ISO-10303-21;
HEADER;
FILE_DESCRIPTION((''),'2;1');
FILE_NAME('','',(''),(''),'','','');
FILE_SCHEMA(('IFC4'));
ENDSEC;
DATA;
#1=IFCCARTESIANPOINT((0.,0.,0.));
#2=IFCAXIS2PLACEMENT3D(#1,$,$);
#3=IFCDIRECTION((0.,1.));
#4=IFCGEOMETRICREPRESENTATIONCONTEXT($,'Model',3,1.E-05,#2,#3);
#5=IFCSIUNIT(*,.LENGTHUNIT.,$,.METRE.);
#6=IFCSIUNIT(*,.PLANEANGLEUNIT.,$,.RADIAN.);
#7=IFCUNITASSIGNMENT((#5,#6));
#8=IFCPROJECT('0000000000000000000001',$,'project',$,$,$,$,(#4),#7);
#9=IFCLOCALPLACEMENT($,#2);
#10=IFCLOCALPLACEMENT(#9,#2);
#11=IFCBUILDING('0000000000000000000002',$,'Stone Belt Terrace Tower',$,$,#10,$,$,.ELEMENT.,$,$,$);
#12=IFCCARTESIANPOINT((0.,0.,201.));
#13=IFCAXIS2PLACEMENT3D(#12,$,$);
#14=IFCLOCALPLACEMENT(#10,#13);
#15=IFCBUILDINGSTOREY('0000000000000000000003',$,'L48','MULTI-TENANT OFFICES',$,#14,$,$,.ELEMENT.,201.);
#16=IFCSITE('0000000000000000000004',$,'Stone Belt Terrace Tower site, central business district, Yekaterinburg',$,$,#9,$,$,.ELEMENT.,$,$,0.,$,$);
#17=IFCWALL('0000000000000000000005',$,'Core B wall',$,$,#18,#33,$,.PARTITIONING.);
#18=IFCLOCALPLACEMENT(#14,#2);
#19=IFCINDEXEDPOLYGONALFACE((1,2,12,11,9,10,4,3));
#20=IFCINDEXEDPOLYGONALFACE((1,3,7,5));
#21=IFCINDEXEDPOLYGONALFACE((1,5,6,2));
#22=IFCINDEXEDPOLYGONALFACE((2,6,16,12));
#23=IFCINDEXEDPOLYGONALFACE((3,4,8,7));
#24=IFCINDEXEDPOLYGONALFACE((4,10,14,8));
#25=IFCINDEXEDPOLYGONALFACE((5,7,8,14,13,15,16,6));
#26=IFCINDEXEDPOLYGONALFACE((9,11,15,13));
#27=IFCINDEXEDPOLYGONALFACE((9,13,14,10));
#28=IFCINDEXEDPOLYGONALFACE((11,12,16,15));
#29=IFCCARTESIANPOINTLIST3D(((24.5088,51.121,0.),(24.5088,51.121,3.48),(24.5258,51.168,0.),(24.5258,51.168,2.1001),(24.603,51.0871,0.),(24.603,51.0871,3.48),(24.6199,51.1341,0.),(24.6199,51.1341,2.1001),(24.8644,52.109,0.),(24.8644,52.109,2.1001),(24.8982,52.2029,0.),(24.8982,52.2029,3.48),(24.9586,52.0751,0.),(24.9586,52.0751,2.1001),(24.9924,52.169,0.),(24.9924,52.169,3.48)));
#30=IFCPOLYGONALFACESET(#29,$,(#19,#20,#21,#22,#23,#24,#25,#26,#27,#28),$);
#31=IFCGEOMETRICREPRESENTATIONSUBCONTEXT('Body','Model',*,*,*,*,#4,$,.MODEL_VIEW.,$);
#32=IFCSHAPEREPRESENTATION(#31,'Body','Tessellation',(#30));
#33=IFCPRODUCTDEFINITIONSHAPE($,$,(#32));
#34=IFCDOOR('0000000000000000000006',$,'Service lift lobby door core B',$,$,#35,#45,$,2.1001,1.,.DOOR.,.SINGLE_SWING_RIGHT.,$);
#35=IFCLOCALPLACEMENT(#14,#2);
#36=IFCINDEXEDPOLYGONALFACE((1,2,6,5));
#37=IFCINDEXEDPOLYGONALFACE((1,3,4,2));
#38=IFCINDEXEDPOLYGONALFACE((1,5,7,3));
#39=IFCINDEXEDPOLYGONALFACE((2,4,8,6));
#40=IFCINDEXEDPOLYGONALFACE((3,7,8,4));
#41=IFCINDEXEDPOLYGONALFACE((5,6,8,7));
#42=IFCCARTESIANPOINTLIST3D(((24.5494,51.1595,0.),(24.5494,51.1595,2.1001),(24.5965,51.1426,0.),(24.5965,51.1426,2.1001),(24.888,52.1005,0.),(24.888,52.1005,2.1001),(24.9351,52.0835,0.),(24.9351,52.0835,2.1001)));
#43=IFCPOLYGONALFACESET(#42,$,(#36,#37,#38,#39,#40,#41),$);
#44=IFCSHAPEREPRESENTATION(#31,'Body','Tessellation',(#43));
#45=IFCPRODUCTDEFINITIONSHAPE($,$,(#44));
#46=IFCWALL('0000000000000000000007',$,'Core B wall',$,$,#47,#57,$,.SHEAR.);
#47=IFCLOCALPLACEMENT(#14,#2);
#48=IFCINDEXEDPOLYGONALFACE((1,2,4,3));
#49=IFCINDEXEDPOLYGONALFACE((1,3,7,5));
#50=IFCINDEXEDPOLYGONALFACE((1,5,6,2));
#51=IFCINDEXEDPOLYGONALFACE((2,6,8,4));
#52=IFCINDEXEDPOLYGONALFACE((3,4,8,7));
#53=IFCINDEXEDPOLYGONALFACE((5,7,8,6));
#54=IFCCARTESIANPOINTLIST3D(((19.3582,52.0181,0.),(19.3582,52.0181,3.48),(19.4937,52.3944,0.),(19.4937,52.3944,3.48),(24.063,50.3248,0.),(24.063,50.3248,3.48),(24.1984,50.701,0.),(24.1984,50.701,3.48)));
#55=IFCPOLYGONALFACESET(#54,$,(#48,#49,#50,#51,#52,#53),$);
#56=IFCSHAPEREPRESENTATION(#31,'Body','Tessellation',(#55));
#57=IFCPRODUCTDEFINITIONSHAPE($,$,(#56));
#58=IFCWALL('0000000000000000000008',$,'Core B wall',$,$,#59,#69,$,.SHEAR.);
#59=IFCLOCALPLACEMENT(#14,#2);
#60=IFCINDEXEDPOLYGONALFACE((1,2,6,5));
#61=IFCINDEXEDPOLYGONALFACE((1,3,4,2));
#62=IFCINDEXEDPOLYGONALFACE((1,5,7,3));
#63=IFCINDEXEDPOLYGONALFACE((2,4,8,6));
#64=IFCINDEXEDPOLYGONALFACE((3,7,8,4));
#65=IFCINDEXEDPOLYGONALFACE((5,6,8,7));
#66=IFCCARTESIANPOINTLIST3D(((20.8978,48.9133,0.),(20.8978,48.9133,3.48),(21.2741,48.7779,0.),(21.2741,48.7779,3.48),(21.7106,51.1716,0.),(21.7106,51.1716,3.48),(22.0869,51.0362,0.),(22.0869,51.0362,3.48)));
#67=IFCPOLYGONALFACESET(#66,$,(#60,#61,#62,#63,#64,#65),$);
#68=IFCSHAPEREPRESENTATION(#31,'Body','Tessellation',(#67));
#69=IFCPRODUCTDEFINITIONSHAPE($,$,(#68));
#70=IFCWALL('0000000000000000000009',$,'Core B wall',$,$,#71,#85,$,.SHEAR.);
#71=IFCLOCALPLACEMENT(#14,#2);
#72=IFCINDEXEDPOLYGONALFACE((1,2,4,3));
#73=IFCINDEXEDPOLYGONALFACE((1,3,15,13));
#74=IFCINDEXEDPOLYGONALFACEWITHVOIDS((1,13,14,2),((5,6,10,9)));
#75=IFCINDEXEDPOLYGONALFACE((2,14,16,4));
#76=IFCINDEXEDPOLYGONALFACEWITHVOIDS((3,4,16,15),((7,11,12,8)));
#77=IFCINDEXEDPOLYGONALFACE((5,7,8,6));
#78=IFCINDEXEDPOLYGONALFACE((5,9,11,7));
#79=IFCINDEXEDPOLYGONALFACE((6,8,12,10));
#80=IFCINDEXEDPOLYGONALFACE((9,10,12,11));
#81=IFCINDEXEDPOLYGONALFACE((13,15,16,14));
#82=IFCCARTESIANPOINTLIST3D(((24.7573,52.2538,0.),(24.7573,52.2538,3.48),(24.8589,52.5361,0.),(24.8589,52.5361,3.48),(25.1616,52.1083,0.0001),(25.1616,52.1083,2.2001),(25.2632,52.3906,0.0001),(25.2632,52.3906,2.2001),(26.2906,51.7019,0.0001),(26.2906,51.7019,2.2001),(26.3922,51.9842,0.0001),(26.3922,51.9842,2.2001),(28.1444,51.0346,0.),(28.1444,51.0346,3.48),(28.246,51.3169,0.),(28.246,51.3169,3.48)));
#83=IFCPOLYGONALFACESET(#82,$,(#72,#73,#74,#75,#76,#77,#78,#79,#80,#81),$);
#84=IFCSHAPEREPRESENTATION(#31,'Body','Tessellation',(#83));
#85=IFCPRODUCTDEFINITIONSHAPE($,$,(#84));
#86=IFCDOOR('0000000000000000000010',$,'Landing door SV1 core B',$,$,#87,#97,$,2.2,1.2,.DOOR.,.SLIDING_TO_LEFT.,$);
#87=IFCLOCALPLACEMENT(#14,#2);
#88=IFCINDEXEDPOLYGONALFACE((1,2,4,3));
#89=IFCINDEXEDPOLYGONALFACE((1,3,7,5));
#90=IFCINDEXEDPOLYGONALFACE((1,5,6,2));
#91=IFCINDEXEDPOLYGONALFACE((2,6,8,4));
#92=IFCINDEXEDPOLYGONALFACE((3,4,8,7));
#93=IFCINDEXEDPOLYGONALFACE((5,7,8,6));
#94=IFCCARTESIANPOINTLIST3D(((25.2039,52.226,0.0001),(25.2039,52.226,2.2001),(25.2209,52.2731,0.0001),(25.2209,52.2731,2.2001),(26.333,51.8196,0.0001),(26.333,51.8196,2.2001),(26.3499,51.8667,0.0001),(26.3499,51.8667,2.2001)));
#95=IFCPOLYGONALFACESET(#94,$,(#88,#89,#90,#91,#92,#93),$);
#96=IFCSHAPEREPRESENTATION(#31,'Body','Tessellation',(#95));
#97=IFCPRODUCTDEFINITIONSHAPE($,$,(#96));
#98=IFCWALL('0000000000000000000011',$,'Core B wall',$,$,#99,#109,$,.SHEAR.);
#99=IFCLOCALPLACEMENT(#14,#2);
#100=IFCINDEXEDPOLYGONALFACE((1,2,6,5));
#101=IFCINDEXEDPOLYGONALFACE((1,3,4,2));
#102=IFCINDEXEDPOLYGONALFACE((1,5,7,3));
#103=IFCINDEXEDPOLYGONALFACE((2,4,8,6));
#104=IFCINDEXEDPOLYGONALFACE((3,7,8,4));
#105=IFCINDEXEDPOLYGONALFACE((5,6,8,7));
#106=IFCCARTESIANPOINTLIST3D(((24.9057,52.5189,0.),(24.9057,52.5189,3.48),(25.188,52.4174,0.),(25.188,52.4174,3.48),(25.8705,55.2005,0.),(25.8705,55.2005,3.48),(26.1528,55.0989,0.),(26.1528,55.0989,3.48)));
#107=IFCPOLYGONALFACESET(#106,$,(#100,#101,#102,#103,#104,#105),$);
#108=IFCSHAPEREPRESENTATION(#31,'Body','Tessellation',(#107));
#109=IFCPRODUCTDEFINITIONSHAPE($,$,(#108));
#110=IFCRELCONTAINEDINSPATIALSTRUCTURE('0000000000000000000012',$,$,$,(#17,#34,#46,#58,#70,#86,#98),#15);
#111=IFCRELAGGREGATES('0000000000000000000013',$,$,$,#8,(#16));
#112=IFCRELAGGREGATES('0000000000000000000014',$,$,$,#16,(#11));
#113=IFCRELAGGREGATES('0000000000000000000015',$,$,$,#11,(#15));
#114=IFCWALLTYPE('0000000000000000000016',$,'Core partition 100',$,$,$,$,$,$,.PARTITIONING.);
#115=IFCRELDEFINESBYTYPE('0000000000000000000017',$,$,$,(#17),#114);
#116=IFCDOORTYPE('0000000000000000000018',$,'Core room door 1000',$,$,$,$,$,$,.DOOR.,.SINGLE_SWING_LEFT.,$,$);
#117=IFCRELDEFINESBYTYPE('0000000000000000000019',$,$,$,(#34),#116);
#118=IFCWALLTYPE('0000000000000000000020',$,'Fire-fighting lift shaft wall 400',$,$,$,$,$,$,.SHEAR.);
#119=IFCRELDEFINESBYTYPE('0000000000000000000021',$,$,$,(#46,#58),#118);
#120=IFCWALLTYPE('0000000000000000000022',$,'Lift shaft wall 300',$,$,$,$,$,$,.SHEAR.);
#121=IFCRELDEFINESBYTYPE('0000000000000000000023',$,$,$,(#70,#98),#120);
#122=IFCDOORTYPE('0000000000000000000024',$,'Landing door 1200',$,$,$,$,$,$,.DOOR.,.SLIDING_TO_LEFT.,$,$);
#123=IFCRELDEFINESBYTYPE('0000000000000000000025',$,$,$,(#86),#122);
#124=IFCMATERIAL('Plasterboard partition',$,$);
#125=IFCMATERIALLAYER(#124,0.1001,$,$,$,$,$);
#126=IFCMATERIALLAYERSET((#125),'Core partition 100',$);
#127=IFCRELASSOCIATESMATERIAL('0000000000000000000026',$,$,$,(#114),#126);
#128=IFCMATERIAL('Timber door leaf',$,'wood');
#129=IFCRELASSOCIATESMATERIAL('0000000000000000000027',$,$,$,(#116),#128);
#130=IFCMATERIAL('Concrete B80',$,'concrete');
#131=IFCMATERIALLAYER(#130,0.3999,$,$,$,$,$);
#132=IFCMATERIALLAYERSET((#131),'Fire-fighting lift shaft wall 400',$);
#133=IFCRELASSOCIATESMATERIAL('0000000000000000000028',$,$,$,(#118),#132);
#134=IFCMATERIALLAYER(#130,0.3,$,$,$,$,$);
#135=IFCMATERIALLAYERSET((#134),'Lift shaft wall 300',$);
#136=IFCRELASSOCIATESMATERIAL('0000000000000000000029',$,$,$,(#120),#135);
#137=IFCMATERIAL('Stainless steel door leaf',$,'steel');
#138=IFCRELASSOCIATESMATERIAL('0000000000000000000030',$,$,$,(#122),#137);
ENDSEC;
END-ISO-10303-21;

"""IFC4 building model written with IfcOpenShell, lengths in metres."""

from ifc_helpers import new_model, si_unit, direction, frame, frame_2d, origin, place, context, subcontext, project, spatial, rectangle, extrude, material, layer, layer_set, type_object, element, fill, save


model = new_model("IFC4")

# Units and contexts
model_context = context("Model", 3, precision=1e-05, world=origin(), true_north=direction((0.0, 1.0)))
body_context = subcontext(model_context, "Body", "Model", "MODEL_VIEW")
ifc_project = project(units=[si_unit("LENGTHUNIT", "METRE"), si_unit("PLANEANGLEUNIT", "RADIAN")], contexts=[model_context])

# Site, building, storey
site_placement = place(None, origin())
site = spatial("IfcSite", under=ifc_project, at=site_placement, Name="Stone Belt Terrace Tower site, central business district, Yekaterinburg", CompositionType="ELEMENT", RefElevation=0.0)
building_placement = place(site_placement, origin())
building = spatial("IfcBuilding", under=site, at=building_placement, Name="Stone Belt Terrace Tower", CompositionType="ELEMENT")
storey_placement = place(building_placement, frame((0.0, 0.0, 201.0)))
storey = spatial("IfcBuildingStorey", under=building, at=storey_placement, Name="L48", Description="MULTI-TENANT OFFICES", CompositionType="ELEMENT", Elevation=201.0)

# Wall, opening, door
ifc_material_1 = material(Name="Plasterboard partition")
ifc_layer_1 = layer(ifc_material_1, 0.1001)
ifc_layer_set_1 = layer_set([ifc_layer_1], Name="Core partition 100")
wall_type_1 = type_object("IfcWallType", Name="Core partition 100", PredefinedType="PARTITIONING", material=ifc_layer_set_1)
wall_1_placement = place(storey_placement, frame((24.5559, 51.104, 0.0), z_axis=(0.0, 0.0, 1.0), x_axis=(0.338622, 0.940923, 0.0)))
wall_1 = element("IfcWall", 1, at=wall_1_placement, inside=storey, type_object=wall_type_1, Name="Core B wall", PredefinedType="PARTITIONING", context=body_context, shape_type="SweptSolid", body=[
    extrude(rectangle(XDim=1.1499, YDim=0.1001, at=frame_2d((0.575, 0.0))), origin(), (0.0, 0.0, 1.0), 3.48),
])
opening_1_placement = place(wall_1_placement, frame((0.05, 0.0, 0.0)))
opening_1 = element("IfcOpeningElement", 2, at=opening_1_placement, cuts=wall_1, PredefinedType="OPENING", context=body_context, shape_type="SweptSolid", body=[
    extrude(rectangle(XDim=1.0, YDim=2.1001, at=frame_2d((0.5, 1.05))), frame((0.0, 0.0601, 0.0), z_axis=(0.0, -1.0, 0.0), x_axis=(1.0, 0.0, 0.0)), (0.0, 0.0, 1.0), 0.1201),
])
ifc_material_2 = material(Name="Timber door leaf", Category="wood")
door_type_1 = type_object("IfcDoorType", Name="Core room door 1000", OperationType="SINGLE_SWING_LEFT", PredefinedType="DOOR", material=ifc_material_2)
door_1_placement = place(opening_1_placement, origin())
door_1 = element("IfcDoor", 3, at=door_1_placement, inside=storey, type_object=door_type_1, Name="Service lift lobby door core B", OperationType="SINGLE_SWING_RIGHT", OverallHeight=2.1001, OverallWidth=1.0, PredefinedType="DOOR", context=body_context, shape_type="SweptSolid", body=[
    extrude(rectangle(XDim=1.0, YDim=2.1001, at=frame_2d((0.5, 1.05))), frame((0.0, 0.0249, 0.0), z_axis=(0.0, -1.0, 0.0), x_axis=(1.0, 0.0, 0.0)), (0.0, 0.0, 1.0), 0.05),
])
fill(opening_1, door_1)

# Walls
ifc_material_3 = material(Name="Concrete B80", Category="concrete")
ifc_layer_2 = layer(ifc_material_3, 0.3999)
ifc_layer_set_2 = layer_set([ifc_layer_2], Name="Fire-fighting lift shaft wall 400")
wall_type_2 = type_object("IfcWallType", Name="Fire-fighting lift shaft wall 400", PredefinedType="SHEAR", material=ifc_layer_set_2)
wall_2_placement = place(storey_placement, frame((24.1306, 50.5129, 0.0), z_axis=(0.0, 0.0, 1.0), x_axis=(-0.940912, 0.338652, 0.0)))
element("IfcWall", 4, at=wall_2_placement, inside=storey, type_object=wall_type_2, Name="Core B wall", PredefinedType="SHEAR", context=body_context, shape_type="SweptSolid", body=[
    extrude(rectangle(XDim=5.0002, YDim=0.3999, at=frame_2d((2.5, 0.0))), origin(), (0.0, 0.0, 1.0), 3.48),
])
wall_3_placement = place(storey_placement, frame((21.0859, 48.8455, 0.0), z_axis=(0.0, 0.0, 1.0), x_axis=(0.338629, 0.94092, 0.0)))
element("IfcWall", 5, at=wall_3_placement, inside=storey, type_object=wall_type_2, Name="Core B wall", PredefinedType="SHEAR", context=body_context, shape_type="SweptSolid", body=[
    extrude(rectangle(XDim=2.4001, YDim=0.3999, at=frame_2d((1.2002, 0.0))), origin(), (0.0, 0.0, 1.0), 3.48),
])

# Wall, opening, door
ifc_layer_3 = layer(ifc_material_3, 0.3)
ifc_layer_set_3 = layer_set([ifc_layer_3], Name="Lift shaft wall 300")
wall_type_3 = type_object("IfcWallType", Name="Lift shaft wall 300", PredefinedType="SHEAR", material=ifc_layer_set_3)
wall_4_placement = place(storey_placement, frame((28.1951, 51.1758, 0.0), z_axis=(0.0, 0.0, 1.0), x_axis=(-0.940901, 0.338681, 0.0)))
wall_4 = element("IfcWall", 6, at=wall_4_placement, inside=storey, type_object=wall_type_3, Name="Core B wall", PredefinedType="SHEAR", context=body_context, shape_type="SweptSolid", body=[
    extrude(rectangle(XDim=3.5999, YDim=0.3, at=frame_2d((1.7998, 0.0))), origin(), (0.0, 0.0, 1.0), 3.48),
])
opening_2_placement = place(wall_4_placement, frame((1.97, 0.0, 0.0)))
opening_2 = element("IfcOpeningElement", 7, at=opening_2_placement, cuts=wall_4, PredefinedType="OPENING", context=body_context, shape_type="SweptSolid", body=[
    extrude(rectangle(XDim=1.2, YDim=2.2, at=frame_2d((0.6001, 1.1001))), frame((0.0, 0.1599, 0.0), z_axis=(0.0, -1.0, 0.0), x_axis=(1.0, 0.0, 0.0)), (0.0, 0.0, 1.0), 0.3201),
])
ifc_material_4 = material(Name="Stainless steel door leaf", Category="steel")
door_type_2 = type_object("IfcDoorType", Name="Landing door 1200", OperationType="SLIDING_TO_LEFT", PredefinedType="DOOR", material=ifc_material_4)
door_2_placement = place(opening_2_placement, origin())
door_2 = element("IfcDoor", 8, at=door_2_placement, inside=storey, type_object=door_type_2, Name="Landing door SV1 core B", OperationType="SLIDING_TO_LEFT", OverallHeight=2.2, OverallWidth=1.2, PredefinedType="DOOR", context=body_context, shape_type="SweptSolid", body=[
    extrude(rectangle(XDim=1.2, YDim=2.2, at=frame_2d((0.6001, 1.1001))), frame((0.0, 0.0249, 0.0), z_axis=(0.0, -1.0, 0.0), x_axis=(1.0, 0.0, 0.0)), (0.0, 0.0, 1.0), 0.05),
])
fill(opening_2, door_2)

# Wall
wall_5_placement = place(storey_placement, frame((25.0469, 52.4683, 0.0), z_axis=(0.0, 0.0, 1.0), x_axis=(0.33855, 0.940949, 0.0)))
element("IfcWall", 9, at=wall_5_placement, inside=storey, type_object=wall_type_3, Name="Core B wall", PredefinedType="SHEAR", context=body_context, shape_type="SweptSolid", body=[
    extrude(rectangle(XDim=2.8499, YDim=0.3, at=frame_2d((1.4248, 0.0))), origin(), (0.0, 0.0, 1.0), 3.48),
])

save(model, "model.ifc")
